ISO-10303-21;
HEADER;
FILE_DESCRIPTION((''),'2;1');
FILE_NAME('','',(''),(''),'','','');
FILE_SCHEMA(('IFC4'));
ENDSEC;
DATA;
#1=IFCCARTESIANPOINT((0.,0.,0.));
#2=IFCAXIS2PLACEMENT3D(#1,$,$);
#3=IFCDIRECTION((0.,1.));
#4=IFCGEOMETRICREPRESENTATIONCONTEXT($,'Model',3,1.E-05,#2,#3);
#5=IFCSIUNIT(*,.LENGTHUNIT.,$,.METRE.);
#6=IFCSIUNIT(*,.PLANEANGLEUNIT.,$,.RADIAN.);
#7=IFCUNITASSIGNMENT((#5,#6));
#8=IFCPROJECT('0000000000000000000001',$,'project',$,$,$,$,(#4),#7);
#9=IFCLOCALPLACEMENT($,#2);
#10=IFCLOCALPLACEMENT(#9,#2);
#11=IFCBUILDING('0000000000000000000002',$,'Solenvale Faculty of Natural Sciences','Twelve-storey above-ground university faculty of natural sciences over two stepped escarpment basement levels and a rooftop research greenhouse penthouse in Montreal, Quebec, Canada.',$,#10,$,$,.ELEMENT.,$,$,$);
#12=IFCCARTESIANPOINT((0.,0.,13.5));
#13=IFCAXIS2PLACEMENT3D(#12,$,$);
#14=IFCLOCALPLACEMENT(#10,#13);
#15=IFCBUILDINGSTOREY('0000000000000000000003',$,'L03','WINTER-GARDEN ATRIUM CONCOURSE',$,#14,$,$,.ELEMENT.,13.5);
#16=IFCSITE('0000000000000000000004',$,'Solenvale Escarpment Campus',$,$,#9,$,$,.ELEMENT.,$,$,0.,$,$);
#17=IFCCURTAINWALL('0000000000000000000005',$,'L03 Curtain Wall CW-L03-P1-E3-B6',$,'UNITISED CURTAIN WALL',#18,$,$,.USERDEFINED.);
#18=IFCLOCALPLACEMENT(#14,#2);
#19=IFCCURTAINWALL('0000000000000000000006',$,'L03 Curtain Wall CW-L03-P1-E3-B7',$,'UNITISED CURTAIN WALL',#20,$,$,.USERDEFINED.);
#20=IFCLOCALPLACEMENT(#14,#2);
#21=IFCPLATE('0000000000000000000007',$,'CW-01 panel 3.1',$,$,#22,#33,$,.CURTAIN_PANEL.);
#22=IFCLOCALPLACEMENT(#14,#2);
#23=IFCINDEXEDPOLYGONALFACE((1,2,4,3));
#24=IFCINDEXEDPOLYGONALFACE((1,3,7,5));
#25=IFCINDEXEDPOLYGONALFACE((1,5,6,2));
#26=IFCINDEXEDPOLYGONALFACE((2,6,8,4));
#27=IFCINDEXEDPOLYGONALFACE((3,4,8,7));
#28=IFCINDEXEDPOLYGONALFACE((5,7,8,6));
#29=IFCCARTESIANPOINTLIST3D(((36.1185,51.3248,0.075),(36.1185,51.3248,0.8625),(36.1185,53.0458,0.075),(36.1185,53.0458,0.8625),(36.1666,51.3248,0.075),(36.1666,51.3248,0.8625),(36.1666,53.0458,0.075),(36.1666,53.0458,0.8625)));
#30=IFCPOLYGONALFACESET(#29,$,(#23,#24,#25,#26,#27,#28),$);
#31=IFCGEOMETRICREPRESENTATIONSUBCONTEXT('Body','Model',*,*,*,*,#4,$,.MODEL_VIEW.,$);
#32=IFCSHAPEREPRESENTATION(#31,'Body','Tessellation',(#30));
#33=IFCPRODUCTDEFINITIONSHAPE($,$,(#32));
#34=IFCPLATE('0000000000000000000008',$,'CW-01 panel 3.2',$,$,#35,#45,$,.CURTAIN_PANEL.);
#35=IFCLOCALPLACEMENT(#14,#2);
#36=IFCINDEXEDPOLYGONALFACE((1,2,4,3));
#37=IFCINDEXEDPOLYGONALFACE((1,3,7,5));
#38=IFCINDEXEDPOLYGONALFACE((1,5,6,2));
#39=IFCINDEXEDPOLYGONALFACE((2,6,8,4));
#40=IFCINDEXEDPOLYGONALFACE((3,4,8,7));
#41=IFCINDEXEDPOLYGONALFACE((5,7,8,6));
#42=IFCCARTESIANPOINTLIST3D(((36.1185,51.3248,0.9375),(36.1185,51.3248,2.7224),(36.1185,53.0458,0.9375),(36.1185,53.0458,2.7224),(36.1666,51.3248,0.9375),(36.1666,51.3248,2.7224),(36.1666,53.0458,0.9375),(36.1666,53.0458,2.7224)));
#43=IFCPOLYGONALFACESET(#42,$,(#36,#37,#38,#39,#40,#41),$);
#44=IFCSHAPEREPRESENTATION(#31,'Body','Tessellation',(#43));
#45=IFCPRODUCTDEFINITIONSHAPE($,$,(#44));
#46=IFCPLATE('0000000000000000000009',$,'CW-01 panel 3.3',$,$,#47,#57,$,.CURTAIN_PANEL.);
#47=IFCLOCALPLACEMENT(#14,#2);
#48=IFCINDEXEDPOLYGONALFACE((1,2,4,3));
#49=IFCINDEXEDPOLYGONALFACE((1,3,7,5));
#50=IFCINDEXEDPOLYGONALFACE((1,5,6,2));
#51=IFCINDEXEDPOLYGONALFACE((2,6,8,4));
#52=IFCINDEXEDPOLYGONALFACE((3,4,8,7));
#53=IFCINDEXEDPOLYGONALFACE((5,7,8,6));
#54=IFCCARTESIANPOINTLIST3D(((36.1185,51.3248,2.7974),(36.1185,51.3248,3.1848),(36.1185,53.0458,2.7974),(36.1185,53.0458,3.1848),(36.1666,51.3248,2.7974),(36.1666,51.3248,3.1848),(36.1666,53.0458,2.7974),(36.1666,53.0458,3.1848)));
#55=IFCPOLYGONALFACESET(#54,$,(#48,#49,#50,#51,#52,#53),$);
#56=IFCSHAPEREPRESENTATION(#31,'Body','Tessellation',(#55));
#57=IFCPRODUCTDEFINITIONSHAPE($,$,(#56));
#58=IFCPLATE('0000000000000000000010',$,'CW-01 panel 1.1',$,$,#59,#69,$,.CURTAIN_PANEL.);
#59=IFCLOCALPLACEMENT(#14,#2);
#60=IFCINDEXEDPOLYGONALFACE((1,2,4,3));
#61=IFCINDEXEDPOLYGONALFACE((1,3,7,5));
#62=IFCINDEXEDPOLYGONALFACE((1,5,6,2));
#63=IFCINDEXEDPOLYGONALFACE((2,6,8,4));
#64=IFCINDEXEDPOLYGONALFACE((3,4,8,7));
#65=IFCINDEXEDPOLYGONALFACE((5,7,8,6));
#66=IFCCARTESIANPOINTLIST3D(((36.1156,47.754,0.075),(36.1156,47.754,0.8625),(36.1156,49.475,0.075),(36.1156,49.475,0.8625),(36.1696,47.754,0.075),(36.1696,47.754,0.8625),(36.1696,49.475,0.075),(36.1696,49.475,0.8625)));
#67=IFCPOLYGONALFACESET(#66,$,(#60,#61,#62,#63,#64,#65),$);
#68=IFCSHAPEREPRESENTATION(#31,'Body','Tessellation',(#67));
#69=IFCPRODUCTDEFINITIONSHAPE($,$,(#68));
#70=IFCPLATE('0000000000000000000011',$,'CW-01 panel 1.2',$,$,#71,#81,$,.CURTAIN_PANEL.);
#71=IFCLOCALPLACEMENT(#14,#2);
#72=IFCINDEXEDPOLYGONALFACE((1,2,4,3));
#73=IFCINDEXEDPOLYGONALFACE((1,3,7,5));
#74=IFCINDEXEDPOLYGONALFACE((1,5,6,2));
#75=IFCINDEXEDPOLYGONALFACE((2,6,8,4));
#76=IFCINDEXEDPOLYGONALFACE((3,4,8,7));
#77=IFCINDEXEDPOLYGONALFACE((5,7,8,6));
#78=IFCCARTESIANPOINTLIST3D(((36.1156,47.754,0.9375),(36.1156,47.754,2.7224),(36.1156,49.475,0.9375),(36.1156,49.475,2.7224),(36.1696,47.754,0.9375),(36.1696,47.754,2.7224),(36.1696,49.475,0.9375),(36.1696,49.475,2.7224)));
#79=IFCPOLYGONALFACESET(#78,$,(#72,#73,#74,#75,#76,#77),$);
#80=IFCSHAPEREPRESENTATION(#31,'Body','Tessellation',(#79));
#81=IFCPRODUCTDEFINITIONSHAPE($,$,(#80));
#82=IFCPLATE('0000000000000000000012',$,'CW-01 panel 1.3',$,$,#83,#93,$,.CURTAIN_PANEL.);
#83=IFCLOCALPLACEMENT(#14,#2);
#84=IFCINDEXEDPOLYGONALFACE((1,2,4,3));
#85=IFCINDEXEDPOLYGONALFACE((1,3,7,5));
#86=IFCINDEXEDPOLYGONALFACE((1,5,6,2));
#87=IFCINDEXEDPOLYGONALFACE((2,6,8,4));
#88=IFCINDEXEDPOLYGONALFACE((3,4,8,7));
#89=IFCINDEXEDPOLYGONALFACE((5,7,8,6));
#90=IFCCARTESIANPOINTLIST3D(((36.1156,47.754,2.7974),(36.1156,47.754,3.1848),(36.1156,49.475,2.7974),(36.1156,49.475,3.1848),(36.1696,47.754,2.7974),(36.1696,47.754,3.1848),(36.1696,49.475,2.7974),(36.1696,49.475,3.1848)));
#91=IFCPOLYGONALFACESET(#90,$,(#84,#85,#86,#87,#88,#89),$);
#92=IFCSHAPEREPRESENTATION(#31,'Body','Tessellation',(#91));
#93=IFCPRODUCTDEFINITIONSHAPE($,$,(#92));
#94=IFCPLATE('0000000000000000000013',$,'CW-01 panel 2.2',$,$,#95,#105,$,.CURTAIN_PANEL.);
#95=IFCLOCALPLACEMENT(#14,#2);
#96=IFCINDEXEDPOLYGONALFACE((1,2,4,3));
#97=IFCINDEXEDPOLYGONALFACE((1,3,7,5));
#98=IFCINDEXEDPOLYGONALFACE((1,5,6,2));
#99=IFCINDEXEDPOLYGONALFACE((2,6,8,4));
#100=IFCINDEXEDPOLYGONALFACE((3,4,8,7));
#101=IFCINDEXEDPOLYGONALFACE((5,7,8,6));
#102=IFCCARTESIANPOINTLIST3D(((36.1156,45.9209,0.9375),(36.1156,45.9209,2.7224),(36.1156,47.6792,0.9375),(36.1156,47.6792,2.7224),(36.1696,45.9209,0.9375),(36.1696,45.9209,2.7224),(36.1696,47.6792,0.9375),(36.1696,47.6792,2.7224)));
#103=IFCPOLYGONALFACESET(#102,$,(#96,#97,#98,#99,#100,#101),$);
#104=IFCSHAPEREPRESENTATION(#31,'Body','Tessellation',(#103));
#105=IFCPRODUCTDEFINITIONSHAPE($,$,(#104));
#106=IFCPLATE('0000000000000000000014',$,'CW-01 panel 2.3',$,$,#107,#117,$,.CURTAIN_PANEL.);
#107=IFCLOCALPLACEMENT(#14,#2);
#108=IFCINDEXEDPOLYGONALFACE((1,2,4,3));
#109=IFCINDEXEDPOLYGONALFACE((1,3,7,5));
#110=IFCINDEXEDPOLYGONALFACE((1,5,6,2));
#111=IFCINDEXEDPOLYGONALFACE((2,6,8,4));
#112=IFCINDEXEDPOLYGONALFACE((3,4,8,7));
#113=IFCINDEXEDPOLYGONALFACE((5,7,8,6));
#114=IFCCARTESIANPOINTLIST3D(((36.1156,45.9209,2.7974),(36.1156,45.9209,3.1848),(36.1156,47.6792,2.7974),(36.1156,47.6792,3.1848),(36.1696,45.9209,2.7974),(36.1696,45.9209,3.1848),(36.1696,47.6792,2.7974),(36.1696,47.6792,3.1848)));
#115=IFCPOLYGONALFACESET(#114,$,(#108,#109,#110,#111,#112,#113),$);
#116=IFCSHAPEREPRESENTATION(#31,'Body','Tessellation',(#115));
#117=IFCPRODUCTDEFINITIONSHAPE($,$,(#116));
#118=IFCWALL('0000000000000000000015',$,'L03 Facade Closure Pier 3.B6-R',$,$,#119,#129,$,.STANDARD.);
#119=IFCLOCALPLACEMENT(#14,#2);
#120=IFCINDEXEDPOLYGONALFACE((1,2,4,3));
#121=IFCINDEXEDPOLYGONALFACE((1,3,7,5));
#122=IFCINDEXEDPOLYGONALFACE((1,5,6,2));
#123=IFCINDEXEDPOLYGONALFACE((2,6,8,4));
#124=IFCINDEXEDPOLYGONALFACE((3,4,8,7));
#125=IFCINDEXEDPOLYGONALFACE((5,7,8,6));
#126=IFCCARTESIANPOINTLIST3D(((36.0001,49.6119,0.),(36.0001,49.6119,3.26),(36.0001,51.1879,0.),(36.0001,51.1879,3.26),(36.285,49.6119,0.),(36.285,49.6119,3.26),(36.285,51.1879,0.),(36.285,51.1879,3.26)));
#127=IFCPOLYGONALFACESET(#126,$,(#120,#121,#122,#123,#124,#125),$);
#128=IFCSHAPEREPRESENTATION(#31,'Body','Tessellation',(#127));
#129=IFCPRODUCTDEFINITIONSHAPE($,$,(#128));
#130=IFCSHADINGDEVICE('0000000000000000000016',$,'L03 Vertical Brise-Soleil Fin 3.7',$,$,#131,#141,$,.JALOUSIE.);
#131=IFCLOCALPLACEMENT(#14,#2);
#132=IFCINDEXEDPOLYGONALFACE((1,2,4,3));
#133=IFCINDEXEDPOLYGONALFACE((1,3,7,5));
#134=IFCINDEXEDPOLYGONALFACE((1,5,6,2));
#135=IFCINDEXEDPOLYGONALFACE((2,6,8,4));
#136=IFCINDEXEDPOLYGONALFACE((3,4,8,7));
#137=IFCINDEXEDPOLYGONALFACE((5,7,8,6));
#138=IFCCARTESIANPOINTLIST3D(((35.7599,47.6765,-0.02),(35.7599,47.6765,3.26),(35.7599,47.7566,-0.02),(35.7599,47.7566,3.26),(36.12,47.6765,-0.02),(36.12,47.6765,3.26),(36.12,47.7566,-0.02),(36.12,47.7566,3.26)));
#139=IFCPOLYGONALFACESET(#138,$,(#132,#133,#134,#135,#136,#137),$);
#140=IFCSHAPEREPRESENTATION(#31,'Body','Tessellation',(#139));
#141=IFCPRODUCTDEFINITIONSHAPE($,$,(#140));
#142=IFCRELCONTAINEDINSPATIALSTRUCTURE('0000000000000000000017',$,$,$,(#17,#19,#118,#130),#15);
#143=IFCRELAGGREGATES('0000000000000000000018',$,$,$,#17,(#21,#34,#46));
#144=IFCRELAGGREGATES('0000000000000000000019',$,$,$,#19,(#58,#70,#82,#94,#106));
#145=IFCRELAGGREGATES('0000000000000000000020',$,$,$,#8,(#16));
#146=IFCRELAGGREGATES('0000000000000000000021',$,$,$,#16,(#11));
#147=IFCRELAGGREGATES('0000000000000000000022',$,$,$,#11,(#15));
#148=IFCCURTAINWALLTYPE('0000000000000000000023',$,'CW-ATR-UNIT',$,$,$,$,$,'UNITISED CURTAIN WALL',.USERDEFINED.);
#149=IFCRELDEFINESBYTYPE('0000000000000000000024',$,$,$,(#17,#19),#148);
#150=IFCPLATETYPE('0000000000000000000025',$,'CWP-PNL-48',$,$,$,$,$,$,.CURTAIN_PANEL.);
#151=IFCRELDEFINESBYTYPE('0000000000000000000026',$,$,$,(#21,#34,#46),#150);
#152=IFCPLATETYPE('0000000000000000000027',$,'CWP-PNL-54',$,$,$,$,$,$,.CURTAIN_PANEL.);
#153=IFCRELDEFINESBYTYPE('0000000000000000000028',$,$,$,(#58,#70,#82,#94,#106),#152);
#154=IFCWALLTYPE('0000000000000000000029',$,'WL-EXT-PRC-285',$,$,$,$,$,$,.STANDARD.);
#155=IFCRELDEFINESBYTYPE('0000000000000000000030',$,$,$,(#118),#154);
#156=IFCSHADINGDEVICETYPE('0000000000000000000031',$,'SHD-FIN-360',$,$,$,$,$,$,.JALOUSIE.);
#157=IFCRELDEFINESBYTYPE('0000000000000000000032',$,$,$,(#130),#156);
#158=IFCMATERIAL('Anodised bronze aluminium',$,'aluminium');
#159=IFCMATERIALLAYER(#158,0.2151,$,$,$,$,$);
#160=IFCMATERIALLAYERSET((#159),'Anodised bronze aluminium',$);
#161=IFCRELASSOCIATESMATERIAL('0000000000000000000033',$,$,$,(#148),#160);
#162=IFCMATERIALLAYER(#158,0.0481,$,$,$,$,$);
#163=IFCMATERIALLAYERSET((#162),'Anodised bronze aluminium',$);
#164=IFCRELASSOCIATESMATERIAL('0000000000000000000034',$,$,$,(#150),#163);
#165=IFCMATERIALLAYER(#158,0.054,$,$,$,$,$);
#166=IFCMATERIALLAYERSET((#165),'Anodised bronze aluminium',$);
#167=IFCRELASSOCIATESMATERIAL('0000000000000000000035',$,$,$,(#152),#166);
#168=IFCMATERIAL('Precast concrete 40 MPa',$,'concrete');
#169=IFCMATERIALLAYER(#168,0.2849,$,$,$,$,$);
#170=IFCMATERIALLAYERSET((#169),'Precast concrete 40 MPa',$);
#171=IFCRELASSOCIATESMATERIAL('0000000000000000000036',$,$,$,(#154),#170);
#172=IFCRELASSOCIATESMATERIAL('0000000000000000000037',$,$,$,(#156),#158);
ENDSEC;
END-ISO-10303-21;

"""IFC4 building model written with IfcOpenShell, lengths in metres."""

from ifc_helpers import new_model, si_unit, direction, frame, frame_2d, origin, origin_2d, place, context, subcontext, project, spatial, rectangle, extrude, material, layer, layer_set, material_profile, profile_set, type_object, element, aggregate, save


model = new_model("IFC4")

# Units and contexts
model_context = context("Model", 3, precision=1e-05, world=origin(), true_north=direction((0.0, 1.0)))
body_context = subcontext(model_context, "Body", "Model", "MODEL_VIEW")
ifc_project = project(units=[si_unit("LENGTHUNIT", "METRE"), si_unit("PLANEANGLEUNIT", "RADIAN")], contexts=[model_context])

# Site, building, storey
site_placement = place(None, origin())
site = spatial("IfcSite", under=ifc_project, at=site_placement, Name="Solenvale Escarpment Campus", CompositionType="ELEMENT", RefElevation=0.0)
building_placement = place(site_placement, origin())
building = spatial("IfcBuilding", under=site, at=building_placement, Name="Solenvale Faculty of Natural Sciences", Description="Twelve-storey above-ground university faculty of natural sciences over two stepped escarpment basement levels and a rooftop research greenhouse penthouse in Montreal, Quebec, Canada.", CompositionType="ELEMENT")
storey_placement = place(building_placement, frame((0.0, 0.0, 13.5)))
storey = spatial("IfcBuildingStorey", under=building, at=storey_placement, Name="L03", Description="WINTER-GARDEN ATRIUM CONCOURSE", CompositionType="ELEMENT", Elevation=13.5)

# Curtain wall
ifc_material_1 = material(Name="Anodised bronze aluminium", Category="aluminium")
ifc_layer_1 = layer(ifc_material_1, 0.2151)
ifc_layer_set_1 = layer_set([ifc_layer_1], Name="Anodised bronze aluminium")
curtain_wall_type = type_object("IfcCurtainWallType", Name="CW-ATR-UNIT", ElementType="UNITISED CURTAIN WALL", PredefinedType="USERDEFINED", material=ifc_layer_set_1)
curtain_wall_1_placement = place(storey_placement, origin())
curtain_wall_1 = element("IfcCurtainWall", 1, at=curtain_wall_1_placement, inside=storey, type_object=curtain_wall_type, Name="L03 Curtain Wall CW-L03-P1-E3-B6", ObjectType="UNITISED CURTAIN WALL", PredefinedType="USERDEFINED")

# Curtain wall
curtain_wall_2_placement = place(storey_placement, origin())
curtain_wall_2 = element("IfcCurtainWall", 2, at=curtain_wall_2_placement, inside=storey, type_object=curtain_wall_type, Name="L03 Curtain Wall CW-L03-P1-E3-B7", ObjectType="UNITISED CURTAIN WALL", PredefinedType="USERDEFINED")

# Plates
ifc_layer_2 = layer(ifc_material_1, 0.0481)
ifc_layer_set_2 = layer_set([ifc_layer_2], Name="Anodised bronze aluminium")
plate_type_1 = type_object("IfcPlateType", Name="CWP-PNL-48", PredefinedType="CURTAIN_PANEL", material=ifc_layer_set_2)
plate_1_placement = place(storey_placement, frame((36.1426, 52.1853, 0.075), z_axis=(0.0, 0.0, 1.0), x_axis=(0.0, -1.0, 0.0)))
plate_1 = element("IfcPlate", 3, at=plate_1_placement, type_object=plate_type_1, Name="CW-01 panel 3.1", PredefinedType="CURTAIN_PANEL", context=body_context, shape_type="SweptSolid", body=[
    extrude(rectangle(XDim=1.7209, YDim=0.0481, at=origin_2d()), origin(), (0.0, 0.0, 1.0), 0.7876),
])
plate_2_placement = place(storey_placement, frame((36.1426, 52.1853, 0.9375), z_axis=(0.0, 0.0, 1.0), x_axis=(0.0, -1.0, 0.0)))
plate_2 = element("IfcPlate", 4, at=plate_2_placement, type_object=plate_type_1, Name="CW-01 panel 3.2", PredefinedType="CURTAIN_PANEL", context=body_context, shape_type="SweptSolid", body=[
    extrude(rectangle(XDim=1.7209, YDim=0.0481, at=origin_2d()), origin(), (0.0, 0.0, 1.0), 1.7849),
])
plate_3_placement = place(storey_placement, frame((36.1426, 52.1853, 2.7974), z_axis=(0.0, 0.0, 1.0), x_axis=(0.0, -1.0, 0.0)))
plate_3 = element("IfcPlate", 5, at=plate_3_placement, type_object=plate_type_1, Name="CW-01 panel 3.3", PredefinedType="CURTAIN_PANEL", context=body_context, shape_type="SweptSolid", body=[
    extrude(rectangle(XDim=1.7209, YDim=0.0481, at=origin_2d()), origin(), (0.0, 0.0, 1.0), 0.3875),
])
aggregate(curtain_wall_1, [plate_1, plate_2, plate_3])
ifc_layer_3 = layer(ifc_material_1, 0.054)
ifc_layer_set_3 = layer_set([ifc_layer_3], Name="Anodised bronze aluminium")
plate_type_2 = type_object("IfcPlateType", Name="CWP-PNL-54", PredefinedType="CURTAIN_PANEL", material=ifc_layer_set_3)
plate_4_placement = place(storey_placement, frame((36.1426, 48.6145, 0.075), z_axis=(0.0, 0.0, 1.0), x_axis=(0.0, -1.0, 0.0)))
plate_4 = element("IfcPlate", 6, at=plate_4_placement, type_object=plate_type_2, Name="CW-01 panel 1.1", PredefinedType="CURTAIN_PANEL", context=body_context, shape_type="SweptSolid", body=[
    extrude(rectangle(XDim=1.7209, YDim=0.054, at=origin_2d()), origin(), (0.0, 0.0, 1.0), 0.7876),
])
plate_5_placement = place(storey_placement, frame((36.1426, 48.6145, 0.9375), z_axis=(0.0, 0.0, 1.0), x_axis=(0.0, -1.0, 0.0)))
plate_5 = element("IfcPlate", 7, at=plate_5_placement, type_object=plate_type_2, Name="CW-01 panel 1.2", PredefinedType="CURTAIN_PANEL", context=body_context, shape_type="SweptSolid", body=[
    extrude(rectangle(XDim=1.7209, YDim=0.054, at=origin_2d()), origin(), (0.0, 0.0, 1.0), 1.7849),
])
plate_6_placement = place(storey_placement, frame((36.1426, 48.6145, 2.7974), z_axis=(0.0, 0.0, 1.0), x_axis=(0.0, -1.0, 0.0)))
plate_6 = element("IfcPlate", 8, at=plate_6_placement, type_object=plate_type_2, Name="CW-01 panel 1.3", PredefinedType="CURTAIN_PANEL", context=body_context, shape_type="SweptSolid", body=[
    extrude(rectangle(XDim=1.7209, YDim=0.054, at=origin_2d()), origin(), (0.0, 0.0, 1.0), 0.3875),
])
plate_7_placement = place(storey_placement, frame((36.1426, 46.8, 0.9375), z_axis=(0.0, 0.0, 1.0), x_axis=(0.0, -1.0, 0.0)))
plate_7 = element("IfcPlate", 9, at=plate_7_placement, type_object=plate_type_2, Name="CW-01 panel 2.2", PredefinedType="CURTAIN_PANEL", context=body_context, shape_type="SweptSolid", body=[
    extrude(rectangle(XDim=1.7583, YDim=0.054, at=origin_2d()), origin(), (0.0, 0.0, 1.0), 1.7849),
])
plate_8_placement = place(storey_placement, frame((36.1426, 46.8, 2.7974), z_axis=(0.0, 0.0, 1.0), x_axis=(0.0, -1.0, 0.0)))
plate_8 = element("IfcPlate", 10, at=plate_8_placement, type_object=plate_type_2, Name="CW-01 panel 2.3", PredefinedType="CURTAIN_PANEL", context=body_context, shape_type="SweptSolid", body=[
    extrude(rectangle(XDim=1.7583, YDim=0.054, at=origin_2d()), origin(), (0.0, 0.0, 1.0), 0.3875),
])
aggregate(curtain_wall_2, [plate_4, plate_5, plate_6, plate_7, plate_8])

# Wall
ifc_material_2 = material(Name="Precast concrete 40 MPa", Category="concrete")
ifc_layer_4 = layer(ifc_material_2, 0.2849)
ifc_layer_set_4 = layer_set([ifc_layer_4], Name="Precast concrete 40 MPa")
wall_type = type_object("IfcWallType", Name="WL-EXT-PRC-285", PredefinedType="STANDARD", material=ifc_layer_set_4)
wall_placement = place(storey_placement, frame((36.1426, 51.188, 0.0), z_axis=(0.0, 0.0, 1.0), x_axis=(0.0, -1.0, 0.0)))
element("IfcWall", 11, at=wall_placement, inside=storey, type_object=wall_type, Name="L03 Facade Closure Pier 3.B6-R", PredefinedType="STANDARD", context=body_context, shape_type="SweptSolid", body=[
    extrude(rectangle(XDim=1.5759, YDim=0.2849, at=frame_2d((0.7881, 0.0))), origin(), (0.0, 0.0, 1.0), 3.26),
])

# Shading device
ifc_material_profile_1 = material_profile(ifc_material_1, rectangle(XDim=0.0801, YDim=0.3601, at=origin_2d()), Name="ALU-FIN-80x360")
ifc_profile_set_1 = profile_set([ifc_material_profile_1], Name="Anodised bronze aluminium")
shading_device_type = type_object("IfcShadingDeviceType", Name="SHD-FIN-360", PredefinedType="JALOUSIE", material=ifc_profile_set_1)
shading_device_placement = place(storey_placement, frame((35.9399, 47.7166, -0.02), z_axis=(0.0, 0.0, 1.0), x_axis=(0.0, 1.0, 0.0)))
element("IfcShadingDevice", 12, at=shading_device_placement, inside=storey, type_object=shading_device_type, Name="L03 Vertical Brise-Soleil Fin 3.7", PredefinedType="JALOUSIE", context=body_context, shape_type="SweptSolid", body=[
    extrude(rectangle(XDim=0.0801, YDim=0.3601, at=origin_2d()), origin(), (0.0, 0.0, 1.0), 3.28),
])

save(model, "model.ifc")
